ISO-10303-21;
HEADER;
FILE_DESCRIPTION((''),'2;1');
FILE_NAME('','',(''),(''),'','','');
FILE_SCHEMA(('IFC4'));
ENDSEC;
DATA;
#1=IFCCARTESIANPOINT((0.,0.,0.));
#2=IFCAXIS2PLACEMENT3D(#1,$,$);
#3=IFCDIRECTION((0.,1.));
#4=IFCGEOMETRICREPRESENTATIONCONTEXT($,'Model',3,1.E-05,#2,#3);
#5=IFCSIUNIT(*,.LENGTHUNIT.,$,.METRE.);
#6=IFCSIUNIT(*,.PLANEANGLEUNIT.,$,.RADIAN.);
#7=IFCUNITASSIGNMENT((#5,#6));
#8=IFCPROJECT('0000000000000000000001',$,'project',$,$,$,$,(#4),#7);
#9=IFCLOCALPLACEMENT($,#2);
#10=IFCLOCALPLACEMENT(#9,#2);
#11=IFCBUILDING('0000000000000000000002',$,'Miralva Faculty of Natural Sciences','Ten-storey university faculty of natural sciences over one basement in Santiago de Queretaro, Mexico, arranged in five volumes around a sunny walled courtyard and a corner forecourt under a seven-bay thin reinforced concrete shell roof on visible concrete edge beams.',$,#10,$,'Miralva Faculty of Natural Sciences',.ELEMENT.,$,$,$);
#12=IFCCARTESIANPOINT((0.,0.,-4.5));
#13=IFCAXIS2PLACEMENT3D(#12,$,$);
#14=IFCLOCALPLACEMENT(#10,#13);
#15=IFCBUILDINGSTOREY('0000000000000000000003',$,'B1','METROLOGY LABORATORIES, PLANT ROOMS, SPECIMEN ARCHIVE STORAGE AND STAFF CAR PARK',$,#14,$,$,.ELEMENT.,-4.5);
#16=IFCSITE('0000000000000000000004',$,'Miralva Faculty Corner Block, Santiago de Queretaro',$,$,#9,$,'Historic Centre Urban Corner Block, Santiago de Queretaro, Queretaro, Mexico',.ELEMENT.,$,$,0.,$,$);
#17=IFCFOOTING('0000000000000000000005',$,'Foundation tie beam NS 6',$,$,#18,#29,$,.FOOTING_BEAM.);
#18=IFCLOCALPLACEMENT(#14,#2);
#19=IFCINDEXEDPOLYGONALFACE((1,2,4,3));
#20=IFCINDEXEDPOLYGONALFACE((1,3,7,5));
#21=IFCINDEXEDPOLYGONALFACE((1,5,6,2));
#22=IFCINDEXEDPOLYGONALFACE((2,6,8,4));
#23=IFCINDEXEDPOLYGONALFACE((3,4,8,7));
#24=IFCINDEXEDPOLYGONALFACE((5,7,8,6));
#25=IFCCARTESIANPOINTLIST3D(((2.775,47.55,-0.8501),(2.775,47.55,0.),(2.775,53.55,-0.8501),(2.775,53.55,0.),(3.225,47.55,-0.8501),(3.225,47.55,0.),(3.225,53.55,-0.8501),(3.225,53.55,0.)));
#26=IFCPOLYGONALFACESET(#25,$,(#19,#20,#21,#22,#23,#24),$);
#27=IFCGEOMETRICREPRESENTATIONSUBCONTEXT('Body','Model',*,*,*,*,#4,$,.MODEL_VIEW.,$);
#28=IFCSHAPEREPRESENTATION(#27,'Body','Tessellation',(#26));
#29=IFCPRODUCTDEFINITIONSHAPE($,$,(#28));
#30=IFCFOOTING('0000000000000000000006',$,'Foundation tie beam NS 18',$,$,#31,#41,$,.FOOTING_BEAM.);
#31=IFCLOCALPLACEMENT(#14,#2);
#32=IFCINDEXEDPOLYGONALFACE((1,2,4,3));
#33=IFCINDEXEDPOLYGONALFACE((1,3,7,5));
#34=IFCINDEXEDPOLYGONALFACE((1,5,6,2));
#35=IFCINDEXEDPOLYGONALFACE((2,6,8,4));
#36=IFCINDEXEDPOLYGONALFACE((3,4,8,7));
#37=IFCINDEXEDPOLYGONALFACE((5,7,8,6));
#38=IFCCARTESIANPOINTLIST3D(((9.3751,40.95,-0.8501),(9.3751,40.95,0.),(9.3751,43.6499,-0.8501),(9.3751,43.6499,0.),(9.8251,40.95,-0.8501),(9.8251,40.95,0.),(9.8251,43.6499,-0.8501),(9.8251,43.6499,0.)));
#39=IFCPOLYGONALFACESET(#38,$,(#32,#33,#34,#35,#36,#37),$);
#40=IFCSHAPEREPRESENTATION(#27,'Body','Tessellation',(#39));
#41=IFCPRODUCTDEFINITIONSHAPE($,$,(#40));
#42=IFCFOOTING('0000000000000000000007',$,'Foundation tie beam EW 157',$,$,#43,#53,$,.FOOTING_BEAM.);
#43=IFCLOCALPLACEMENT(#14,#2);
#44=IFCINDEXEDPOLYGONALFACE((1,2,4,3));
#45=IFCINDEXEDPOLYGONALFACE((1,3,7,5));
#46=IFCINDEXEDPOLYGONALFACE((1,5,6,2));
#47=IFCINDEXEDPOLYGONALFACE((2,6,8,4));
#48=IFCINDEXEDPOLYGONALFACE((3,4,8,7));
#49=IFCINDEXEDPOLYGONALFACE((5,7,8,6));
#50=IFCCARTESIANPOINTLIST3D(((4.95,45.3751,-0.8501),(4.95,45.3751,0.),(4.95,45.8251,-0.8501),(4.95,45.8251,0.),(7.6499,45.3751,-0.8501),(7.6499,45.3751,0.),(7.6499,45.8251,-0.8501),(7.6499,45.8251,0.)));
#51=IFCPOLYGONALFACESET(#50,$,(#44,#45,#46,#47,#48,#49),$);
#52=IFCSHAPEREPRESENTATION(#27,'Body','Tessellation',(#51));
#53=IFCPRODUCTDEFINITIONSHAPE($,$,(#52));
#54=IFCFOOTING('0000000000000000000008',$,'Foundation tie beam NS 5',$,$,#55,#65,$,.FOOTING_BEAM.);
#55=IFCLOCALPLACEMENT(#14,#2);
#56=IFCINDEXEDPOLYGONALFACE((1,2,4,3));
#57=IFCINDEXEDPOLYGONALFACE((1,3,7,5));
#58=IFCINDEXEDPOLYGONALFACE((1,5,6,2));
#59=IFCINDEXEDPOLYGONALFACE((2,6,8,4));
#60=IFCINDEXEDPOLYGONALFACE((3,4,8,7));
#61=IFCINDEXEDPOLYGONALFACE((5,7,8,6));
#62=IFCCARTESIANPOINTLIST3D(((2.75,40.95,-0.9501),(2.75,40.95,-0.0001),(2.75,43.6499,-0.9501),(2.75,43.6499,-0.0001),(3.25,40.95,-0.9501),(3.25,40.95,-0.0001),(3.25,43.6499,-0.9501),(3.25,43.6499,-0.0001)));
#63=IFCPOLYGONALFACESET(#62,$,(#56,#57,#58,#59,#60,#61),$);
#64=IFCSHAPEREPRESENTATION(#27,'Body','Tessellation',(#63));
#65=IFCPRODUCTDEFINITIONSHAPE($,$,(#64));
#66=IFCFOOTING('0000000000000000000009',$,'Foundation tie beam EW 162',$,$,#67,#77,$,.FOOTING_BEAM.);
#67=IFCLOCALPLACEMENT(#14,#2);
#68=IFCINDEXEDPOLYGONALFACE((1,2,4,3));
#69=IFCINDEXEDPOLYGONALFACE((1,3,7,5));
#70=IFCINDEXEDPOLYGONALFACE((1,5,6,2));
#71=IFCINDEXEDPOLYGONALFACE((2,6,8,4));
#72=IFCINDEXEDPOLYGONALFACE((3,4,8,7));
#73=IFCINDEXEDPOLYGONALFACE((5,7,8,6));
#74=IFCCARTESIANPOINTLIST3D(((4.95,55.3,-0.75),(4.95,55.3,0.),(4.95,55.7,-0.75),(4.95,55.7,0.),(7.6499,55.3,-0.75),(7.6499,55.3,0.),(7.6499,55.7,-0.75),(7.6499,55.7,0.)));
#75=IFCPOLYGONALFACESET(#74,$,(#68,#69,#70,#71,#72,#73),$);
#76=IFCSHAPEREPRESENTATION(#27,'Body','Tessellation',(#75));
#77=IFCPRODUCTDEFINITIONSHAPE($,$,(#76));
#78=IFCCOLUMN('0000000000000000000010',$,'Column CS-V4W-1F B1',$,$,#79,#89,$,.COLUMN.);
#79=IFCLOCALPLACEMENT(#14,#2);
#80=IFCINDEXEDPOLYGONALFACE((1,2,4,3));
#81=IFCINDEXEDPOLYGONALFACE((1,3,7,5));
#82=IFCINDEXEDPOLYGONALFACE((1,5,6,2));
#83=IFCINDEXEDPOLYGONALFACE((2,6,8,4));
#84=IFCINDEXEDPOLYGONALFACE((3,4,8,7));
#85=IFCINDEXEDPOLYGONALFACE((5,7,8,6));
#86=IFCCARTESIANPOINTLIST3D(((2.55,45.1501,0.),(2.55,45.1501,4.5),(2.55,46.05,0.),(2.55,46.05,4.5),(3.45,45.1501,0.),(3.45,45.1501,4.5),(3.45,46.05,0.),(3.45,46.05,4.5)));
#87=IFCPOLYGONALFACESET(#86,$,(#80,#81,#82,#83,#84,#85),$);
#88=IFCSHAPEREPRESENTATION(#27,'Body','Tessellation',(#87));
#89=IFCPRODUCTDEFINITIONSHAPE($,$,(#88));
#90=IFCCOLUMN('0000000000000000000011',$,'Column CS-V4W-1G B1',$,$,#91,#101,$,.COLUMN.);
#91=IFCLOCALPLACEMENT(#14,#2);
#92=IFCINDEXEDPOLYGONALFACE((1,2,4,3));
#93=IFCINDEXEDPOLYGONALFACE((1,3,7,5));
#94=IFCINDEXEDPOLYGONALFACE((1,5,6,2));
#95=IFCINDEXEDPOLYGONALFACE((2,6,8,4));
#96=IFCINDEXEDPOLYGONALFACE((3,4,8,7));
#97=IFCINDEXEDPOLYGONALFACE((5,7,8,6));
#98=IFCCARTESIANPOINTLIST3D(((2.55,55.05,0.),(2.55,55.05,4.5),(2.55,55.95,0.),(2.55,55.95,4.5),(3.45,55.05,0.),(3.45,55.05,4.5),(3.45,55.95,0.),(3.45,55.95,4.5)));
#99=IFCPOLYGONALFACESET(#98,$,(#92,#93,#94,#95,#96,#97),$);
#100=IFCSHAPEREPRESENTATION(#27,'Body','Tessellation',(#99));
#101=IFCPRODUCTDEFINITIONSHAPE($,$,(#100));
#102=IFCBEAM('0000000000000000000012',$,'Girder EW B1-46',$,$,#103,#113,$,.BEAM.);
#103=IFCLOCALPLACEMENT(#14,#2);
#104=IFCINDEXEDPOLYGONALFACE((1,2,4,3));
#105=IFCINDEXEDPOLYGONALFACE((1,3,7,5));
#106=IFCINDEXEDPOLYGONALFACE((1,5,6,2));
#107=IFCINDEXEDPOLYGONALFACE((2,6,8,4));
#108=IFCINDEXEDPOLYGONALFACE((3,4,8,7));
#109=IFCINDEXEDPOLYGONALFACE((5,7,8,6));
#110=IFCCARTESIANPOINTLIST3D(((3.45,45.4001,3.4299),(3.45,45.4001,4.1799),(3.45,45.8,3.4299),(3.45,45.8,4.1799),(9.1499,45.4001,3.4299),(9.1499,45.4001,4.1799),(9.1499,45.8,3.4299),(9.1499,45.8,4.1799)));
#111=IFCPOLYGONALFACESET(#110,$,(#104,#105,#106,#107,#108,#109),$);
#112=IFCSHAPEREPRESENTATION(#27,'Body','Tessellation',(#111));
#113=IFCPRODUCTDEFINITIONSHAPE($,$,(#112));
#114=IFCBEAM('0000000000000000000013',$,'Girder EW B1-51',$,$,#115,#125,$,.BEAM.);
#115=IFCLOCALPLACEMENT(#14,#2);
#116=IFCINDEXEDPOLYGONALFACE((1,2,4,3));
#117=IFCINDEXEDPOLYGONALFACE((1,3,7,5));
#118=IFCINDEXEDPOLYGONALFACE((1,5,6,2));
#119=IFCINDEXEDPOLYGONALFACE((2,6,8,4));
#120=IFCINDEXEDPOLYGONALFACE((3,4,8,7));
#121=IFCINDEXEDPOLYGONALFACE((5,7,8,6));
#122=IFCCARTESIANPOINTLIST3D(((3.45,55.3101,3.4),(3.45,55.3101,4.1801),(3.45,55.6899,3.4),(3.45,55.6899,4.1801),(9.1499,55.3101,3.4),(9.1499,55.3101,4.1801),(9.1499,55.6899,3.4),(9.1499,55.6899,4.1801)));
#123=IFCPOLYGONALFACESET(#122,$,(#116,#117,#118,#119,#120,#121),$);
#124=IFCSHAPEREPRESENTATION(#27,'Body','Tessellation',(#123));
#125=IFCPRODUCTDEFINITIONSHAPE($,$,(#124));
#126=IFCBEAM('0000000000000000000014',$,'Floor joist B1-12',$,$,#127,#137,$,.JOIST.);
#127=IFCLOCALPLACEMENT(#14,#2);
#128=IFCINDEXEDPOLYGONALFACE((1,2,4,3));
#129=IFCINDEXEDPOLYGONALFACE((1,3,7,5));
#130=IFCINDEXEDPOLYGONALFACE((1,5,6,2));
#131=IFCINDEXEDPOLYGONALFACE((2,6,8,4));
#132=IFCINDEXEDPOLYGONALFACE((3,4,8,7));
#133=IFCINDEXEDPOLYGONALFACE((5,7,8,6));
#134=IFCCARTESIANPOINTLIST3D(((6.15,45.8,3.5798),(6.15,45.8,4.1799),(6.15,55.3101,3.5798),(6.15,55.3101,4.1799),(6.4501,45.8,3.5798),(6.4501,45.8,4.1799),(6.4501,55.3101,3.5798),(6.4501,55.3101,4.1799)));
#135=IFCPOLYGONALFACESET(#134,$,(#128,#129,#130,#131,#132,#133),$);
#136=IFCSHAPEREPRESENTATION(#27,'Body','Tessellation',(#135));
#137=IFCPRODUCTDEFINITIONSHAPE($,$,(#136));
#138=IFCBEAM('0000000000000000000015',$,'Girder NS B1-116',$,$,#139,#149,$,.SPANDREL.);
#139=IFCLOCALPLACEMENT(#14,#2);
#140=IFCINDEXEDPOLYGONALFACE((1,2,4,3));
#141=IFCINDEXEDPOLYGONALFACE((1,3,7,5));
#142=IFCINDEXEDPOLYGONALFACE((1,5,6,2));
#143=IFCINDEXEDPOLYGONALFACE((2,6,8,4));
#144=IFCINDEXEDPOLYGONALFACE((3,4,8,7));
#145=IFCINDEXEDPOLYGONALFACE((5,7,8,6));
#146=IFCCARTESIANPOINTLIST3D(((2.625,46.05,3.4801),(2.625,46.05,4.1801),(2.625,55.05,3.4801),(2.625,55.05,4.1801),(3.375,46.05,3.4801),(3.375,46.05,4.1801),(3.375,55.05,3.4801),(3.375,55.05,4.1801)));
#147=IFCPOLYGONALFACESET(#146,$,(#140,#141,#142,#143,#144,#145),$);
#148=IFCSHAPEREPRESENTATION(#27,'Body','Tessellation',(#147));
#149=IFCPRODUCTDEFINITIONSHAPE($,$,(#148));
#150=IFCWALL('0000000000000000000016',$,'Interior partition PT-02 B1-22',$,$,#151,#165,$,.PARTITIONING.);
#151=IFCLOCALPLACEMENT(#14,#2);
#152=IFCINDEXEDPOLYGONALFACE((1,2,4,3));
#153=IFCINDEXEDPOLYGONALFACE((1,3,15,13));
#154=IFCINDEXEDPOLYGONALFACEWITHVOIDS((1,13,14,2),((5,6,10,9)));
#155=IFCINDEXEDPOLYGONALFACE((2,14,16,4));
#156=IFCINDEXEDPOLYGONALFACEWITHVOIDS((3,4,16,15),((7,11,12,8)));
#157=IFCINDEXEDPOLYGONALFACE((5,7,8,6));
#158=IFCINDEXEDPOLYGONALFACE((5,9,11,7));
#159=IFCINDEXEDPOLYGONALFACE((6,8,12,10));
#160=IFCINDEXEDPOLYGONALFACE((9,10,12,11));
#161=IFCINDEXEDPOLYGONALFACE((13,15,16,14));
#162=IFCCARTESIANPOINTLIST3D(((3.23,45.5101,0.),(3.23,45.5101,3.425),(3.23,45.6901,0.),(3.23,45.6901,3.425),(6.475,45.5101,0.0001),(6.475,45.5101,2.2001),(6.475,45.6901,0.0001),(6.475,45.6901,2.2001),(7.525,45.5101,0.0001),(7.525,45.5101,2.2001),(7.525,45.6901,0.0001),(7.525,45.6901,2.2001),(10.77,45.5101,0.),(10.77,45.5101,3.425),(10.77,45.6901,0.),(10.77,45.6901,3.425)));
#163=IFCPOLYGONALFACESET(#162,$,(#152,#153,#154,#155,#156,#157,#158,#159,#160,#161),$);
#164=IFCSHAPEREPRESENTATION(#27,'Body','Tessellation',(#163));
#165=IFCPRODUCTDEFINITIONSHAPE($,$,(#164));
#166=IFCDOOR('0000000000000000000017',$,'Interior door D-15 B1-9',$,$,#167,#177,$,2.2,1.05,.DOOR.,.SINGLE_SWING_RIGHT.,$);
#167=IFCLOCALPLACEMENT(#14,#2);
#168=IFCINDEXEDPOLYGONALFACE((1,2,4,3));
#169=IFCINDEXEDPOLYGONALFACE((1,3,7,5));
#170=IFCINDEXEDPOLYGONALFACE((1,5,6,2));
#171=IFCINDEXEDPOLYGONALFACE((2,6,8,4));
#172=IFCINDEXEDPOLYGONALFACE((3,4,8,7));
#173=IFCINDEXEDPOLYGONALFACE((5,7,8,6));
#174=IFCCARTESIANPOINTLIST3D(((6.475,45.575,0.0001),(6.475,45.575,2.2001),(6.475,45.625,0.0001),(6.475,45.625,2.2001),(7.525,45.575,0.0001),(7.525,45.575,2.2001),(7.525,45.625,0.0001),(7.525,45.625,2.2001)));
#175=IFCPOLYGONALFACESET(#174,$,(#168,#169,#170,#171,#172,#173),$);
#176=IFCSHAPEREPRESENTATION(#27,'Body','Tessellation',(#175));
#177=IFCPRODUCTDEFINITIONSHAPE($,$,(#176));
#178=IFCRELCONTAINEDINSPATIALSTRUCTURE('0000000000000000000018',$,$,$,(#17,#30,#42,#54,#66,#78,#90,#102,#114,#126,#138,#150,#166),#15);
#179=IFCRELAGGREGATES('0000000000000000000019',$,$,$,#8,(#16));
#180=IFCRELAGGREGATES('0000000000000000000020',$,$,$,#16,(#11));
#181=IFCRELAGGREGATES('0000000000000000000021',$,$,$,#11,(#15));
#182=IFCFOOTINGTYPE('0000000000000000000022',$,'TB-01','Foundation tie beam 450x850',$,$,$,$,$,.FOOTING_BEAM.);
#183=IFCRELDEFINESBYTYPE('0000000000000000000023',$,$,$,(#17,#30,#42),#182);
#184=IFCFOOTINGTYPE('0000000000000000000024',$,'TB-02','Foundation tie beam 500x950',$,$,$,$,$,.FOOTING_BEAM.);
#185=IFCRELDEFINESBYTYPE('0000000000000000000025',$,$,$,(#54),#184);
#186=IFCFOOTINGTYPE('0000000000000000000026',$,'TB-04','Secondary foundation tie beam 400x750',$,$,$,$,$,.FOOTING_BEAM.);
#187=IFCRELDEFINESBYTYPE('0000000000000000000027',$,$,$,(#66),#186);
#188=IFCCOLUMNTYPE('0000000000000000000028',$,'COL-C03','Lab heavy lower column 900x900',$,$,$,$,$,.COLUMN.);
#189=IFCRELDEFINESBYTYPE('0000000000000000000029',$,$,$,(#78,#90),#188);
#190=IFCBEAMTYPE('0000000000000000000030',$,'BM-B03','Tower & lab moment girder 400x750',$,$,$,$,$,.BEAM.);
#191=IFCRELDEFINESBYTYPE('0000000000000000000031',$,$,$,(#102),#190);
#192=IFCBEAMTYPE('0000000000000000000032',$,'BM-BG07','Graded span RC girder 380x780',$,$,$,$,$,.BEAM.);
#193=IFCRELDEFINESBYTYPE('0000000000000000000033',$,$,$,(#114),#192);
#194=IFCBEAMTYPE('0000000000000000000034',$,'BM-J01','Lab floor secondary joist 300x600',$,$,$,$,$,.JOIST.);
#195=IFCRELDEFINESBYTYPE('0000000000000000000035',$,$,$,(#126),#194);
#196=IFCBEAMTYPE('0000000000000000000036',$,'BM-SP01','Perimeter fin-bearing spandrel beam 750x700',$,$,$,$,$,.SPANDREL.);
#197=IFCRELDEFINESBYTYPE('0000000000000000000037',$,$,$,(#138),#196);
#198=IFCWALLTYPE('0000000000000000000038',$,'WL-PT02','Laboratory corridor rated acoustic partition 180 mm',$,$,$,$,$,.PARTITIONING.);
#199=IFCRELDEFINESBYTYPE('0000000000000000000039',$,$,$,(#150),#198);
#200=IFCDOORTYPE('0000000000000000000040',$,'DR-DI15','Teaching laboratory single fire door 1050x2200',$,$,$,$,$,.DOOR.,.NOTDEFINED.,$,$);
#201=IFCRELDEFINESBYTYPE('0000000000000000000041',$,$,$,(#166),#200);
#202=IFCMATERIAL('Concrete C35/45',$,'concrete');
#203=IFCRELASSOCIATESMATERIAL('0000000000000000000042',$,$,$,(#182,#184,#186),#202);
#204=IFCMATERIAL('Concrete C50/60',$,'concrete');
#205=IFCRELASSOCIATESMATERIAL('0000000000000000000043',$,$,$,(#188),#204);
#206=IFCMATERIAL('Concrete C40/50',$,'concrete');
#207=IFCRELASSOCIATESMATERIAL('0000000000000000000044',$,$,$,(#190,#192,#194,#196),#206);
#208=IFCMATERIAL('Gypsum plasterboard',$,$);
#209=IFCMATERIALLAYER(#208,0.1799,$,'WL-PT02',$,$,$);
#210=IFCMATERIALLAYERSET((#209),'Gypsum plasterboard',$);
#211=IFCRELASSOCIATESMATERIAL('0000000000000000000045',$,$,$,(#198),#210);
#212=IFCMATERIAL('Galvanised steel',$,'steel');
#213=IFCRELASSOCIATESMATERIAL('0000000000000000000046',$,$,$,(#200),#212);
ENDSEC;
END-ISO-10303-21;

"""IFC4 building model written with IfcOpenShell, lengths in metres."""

from ifc_helpers import new_model, si_unit, direction, frame, frame_2d, origin, origin_2d, place, context, subcontext, project, spatial, rectangle, extrude, material, layer, layer_set, material_profile, profile_set, type_object, element, fill, save


model = new_model("IFC4")

# Units and contexts
model_context = context("Model", 3, precision=1e-05, world=origin(), true_north=direction((0.0, 1.0)))
body_context = subcontext(model_context, "Body", "Model", "MODEL_VIEW")
ifc_project = project(units=[si_unit("LENGTHUNIT", "METRE"), si_unit("PLANEANGLEUNIT", "RADIAN")], contexts=[model_context])

# Site, building, storey
site_placement = place(None, origin())
site = spatial("IfcSite", under=ifc_project, at=site_placement, Name="Miralva Faculty Corner Block, Santiago de Queretaro", LongName="Historic Centre Urban Corner Block, Santiago de Queretaro, Queretaro, Mexico", CompositionType="ELEMENT", RefElevation=0.0)
building_placement = place(site_placement, origin())
building = spatial("IfcBuilding", under=site, at=building_placement, Name="Miralva Faculty of Natural Sciences", Description="Ten-storey university faculty of natural sciences over one basement in Santiago de Queretaro, Mexico, arranged in five volumes around a sunny walled courtyard and a corner forecourt under a seven-bay thin reinforced concrete shell roof on visible concrete edge beams.", LongName="Miralva Faculty of Natural Sciences", CompositionType="ELEMENT")
storey_placement = place(building_placement, frame((0.0, 0.0, -4.5)))
storey = spatial("IfcBuildingStorey", under=building, at=storey_placement, Name="B1", Description="METROLOGY LABORATORIES, PLANT ROOMS, SPECIMEN ARCHIVE STORAGE AND STAFF CAR PARK", CompositionType="ELEMENT", Elevation=-4.5)

# Shared definitions
ifc_material_1 = material(Name="Concrete C35/45", Category="concrete")

# Footings
ifc_material_profile_1 = material_profile(ifc_material_1, rectangle(XDim=0.45, YDim=0.8501, at=origin_2d()), Name="RC 450x850")
ifc_profile_set_1 = profile_set([ifc_material_profile_1], Name="Concrete C35/45")
footing_type_1 = type_object("IfcFootingType", Name="TB-01", Description="Foundation tie beam 450x850", PredefinedType="FOOTING_BEAM", material=ifc_profile_set_1)
footing_1_placement = place(storey_placement, frame((3.0, 47.55, -0.425), z_axis=(0.0, 1.0, 0.0), x_axis=(-1.0, 0.0, 0.0)))
element("IfcFooting", 1, at=footing_1_placement, inside=storey, type_object=footing_type_1, Name="Foundation tie beam NS 6", PredefinedType="FOOTING_BEAM", context=body_context, shape_type="SweptSolid", body=[
    extrude(rectangle(XDim=0.45, YDim=0.8501, at=origin_2d()), origin(), (0.0, 0.0, 1.0), 6.0),
])
for number, where, z_axis, x_axis, name in (
    (2, (9.6001, 40.95, -0.425), (0.0, 1.0, 0.0), (-1.0, 0.0, 0.0), "Foundation tie beam NS 18"),
    (3, (4.95, 45.6001, -0.425), (1.0, 0.0, 0.0), (0.0, 1.0, 0.0), "Foundation tie beam EW 157"),
):
    element("IfcFooting", number, at=place(storey_placement, frame(where, z_axis=z_axis, x_axis=x_axis)), inside=storey, type_object=footing_type_1, Name=name, PredefinedType="FOOTING_BEAM", context=body_context, shape_type="SweptSolid", body=[
        extrude(rectangle(XDim=0.45, YDim=0.8501, at=origin_2d()), origin(), (0.0, 0.0, 1.0), 2.7),
    ])
ifc_material_profile_2 = material_profile(ifc_material_1, rectangle(XDim=0.5, YDim=0.95, at=origin_2d()), Name="RC 500x950")
ifc_profile_set_2 = profile_set([ifc_material_profile_2], Name="Concrete C35/45")
footing_type_2 = type_object("IfcFootingType", Name="TB-02", Description="Foundation tie beam 500x950", PredefinedType="FOOTING_BEAM", material=ifc_profile_set_2)
footing_2_placement = place(storey_placement, frame((3.0, 40.95, -0.4751), z_axis=(0.0, 1.0, 0.0), x_axis=(-1.0, 0.0, 0.0)))
element("IfcFooting", 4, at=footing_2_placement, inside=storey, type_object=footing_type_2, Name="Foundation tie beam NS 5", PredefinedType="FOOTING_BEAM", context=body_context, shape_type="SweptSolid", body=[
    extrude(rectangle(XDim=0.5, YDim=0.95, at=origin_2d()), origin(), (0.0, 0.0, 1.0), 2.7),
])
ifc_material_profile_3 = material_profile(ifc_material_1, rectangle(XDim=0.3999, YDim=0.75, at=origin_2d()), Name="RC 400x750")
ifc_profile_set_3 = profile_set([ifc_material_profile_3], Name="Concrete C35/45")
footing_type_3 = type_object("IfcFootingType", Name="TB-04", Description="Secondary foundation tie beam 400x750", PredefinedType="FOOTING_BEAM", material=ifc_profile_set_3)
footing_3_placement = place(storey_placement, frame((4.95, 55.5, -0.375), z_axis=(1.0, 0.0, 0.0), x_axis=(0.0, 1.0, 0.0)))
element("IfcFooting", 5, at=footing_3_placement, inside=storey, type_object=footing_type_3, Name="Foundation tie beam EW 162", PredefinedType="FOOTING_BEAM", context=body_context, shape_type="SweptSolid", body=[
    extrude(rectangle(XDim=0.3999, YDim=0.75, at=origin_2d()), origin(), (0.0, 0.0, 1.0), 2.7),
])

# Columns
ifc_material_2 = material(Name="Concrete C50/60", Category="concrete")
ifc_material_profile_4 = material_profile(ifc_material_2, rectangle(XDim=0.8999, YDim=0.8999, at=origin_2d()), Name="RC 900x900")
ifc_profile_set_4 = profile_set([ifc_material_profile_4], Name="Concrete C50/60")
column_type = type_object("IfcColumnType", Name="COL-C03", Description="Lab heavy lower column 900x900", PredefinedType="COLUMN", material=ifc_profile_set_4)
for number, where, z_axis, x_axis, name in (
    (6, (3.0, 45.6001, 0.0), (0.0, 0.0, 1.0), (1.0, 0.0, 0.0), "Column CS-V4W-1F B1"),
    (7, (3.0, 55.5, 0.0), (0.0, 0.0, 1.0), (1.0, 0.0, 0.0), "Column CS-V4W-1G B1"),
):
    element("IfcColumn", number, at=place(storey_placement, frame(where, z_axis=z_axis, x_axis=x_axis)), inside=storey, type_object=column_type, Name=name, PredefinedType="COLUMN", context=body_context, shape_type="SweptSolid", body=[
        extrude(rectangle(XDim=0.8999, YDim=0.8999, at=origin_2d()), origin(), (0.0, 0.0, 1.0), 4.5),
    ])

# Beams
ifc_material_3 = material(Name="Concrete C40/50", Category="concrete")
ifc_material_profile_5 = material_profile(ifc_material_3, rectangle(XDim=0.3999, YDim=0.75, at=origin_2d()), Name="RC 400x750")
ifc_profile_set_5 = profile_set([ifc_material_profile_5], Name="Concrete C40/50")
beam_type_1 = type_object("IfcBeamType", Name="BM-B03", Description="Tower & lab moment girder 400x750", PredefinedType="BEAM", material=ifc_profile_set_5)
beam_1_placement = place(storey_placement, frame((3.45, 45.6001, 3.8049), z_axis=(1.0, 0.0, 0.0), x_axis=(0.0, 1.0, 0.0)))
element("IfcBeam", 8, at=beam_1_placement, inside=storey, type_object=beam_type_1, Name="Girder EW B1-46", PredefinedType="BEAM", context=body_context, shape_type="SweptSolid", body=[
    extrude(rectangle(XDim=0.3999, YDim=0.75, at=origin_2d()), origin(), (0.0, 0.0, 1.0), 5.7),
])
ifc_material_profile_6 = material_profile(ifc_material_3, rectangle(XDim=0.3799, YDim=0.78, at=origin_2d()), Name="RC 380x780")
ifc_profile_set_6 = profile_set([ifc_material_profile_6], Name="Concrete C40/50")
beam_type_2 = type_object("IfcBeamType", Name="BM-BG07", Description="Graded span RC girder 380x780", PredefinedType="BEAM", material=ifc_profile_set_6)
beam_2_placement = place(storey_placement, frame((3.45, 55.5, 3.79), z_axis=(1.0, 0.0, 0.0), x_axis=(0.0, 1.0, 0.0)))
element("IfcBeam", 9, at=beam_2_placement, inside=storey, type_object=beam_type_2, Name="Girder EW B1-51", PredefinedType="BEAM", context=body_context, shape_type="SweptSolid", body=[
    extrude(rectangle(XDim=0.3799, YDim=0.78, at=origin_2d()), origin(), (0.0, 0.0, 1.0), 5.7),
])
ifc_material_profile_7 = material_profile(ifc_material_3, rectangle(XDim=0.3, YDim=0.6001, at=origin_2d()), Name="RC 300x600")
ifc_profile_set_7 = profile_set([ifc_material_profile_7], Name="Concrete C40/50")
beam_type_3 = type_object("IfcBeamType", Name="BM-J01", Description="Lab floor secondary joist 300x600", PredefinedType="JOIST", material=ifc_profile_set_7)
beam_3_placement = place(storey_placement, frame((6.3, 45.8, 3.8799), z_axis=(0.0, 1.0, 0.0), x_axis=(-1.0, 0.0, 0.0)))
element("IfcBeam", 10, at=beam_3_placement, inside=storey, type_object=beam_type_3, Name="Floor joist B1-12", PredefinedType="JOIST", context=body_context, shape_type="SweptSolid", body=[
    extrude(rectangle(XDim=0.3, YDim=0.6001, at=origin_2d()), origin(), (0.0, 0.0, 1.0), 9.51),
])
ifc_material_profile_8 = material_profile(ifc_material_3, rectangle(XDim=0.75, YDim=0.7, at=origin_2d()), Name="RC 750x700")
ifc_profile_set_8 = profile_set([ifc_material_profile_8], Name="Concrete C40/50")
beam_type_4 = type_object("IfcBeamType", Name="BM-SP01", Description="Perimeter fin-bearing spandrel beam 750x700", PredefinedType="SPANDREL", material=ifc_profile_set_8)
beam_4_placement = place(storey_placement, frame((3.0, 46.05, 3.8301), z_axis=(0.0, 1.0, 0.0), x_axis=(-1.0, 0.0, 0.0)))
element("IfcBeam", 11, at=beam_4_placement, inside=storey, type_object=beam_type_4, Name="Girder NS B1-116", PredefinedType="SPANDREL", context=body_context, shape_type="SweptSolid", body=[
    extrude(rectangle(XDim=0.75, YDim=0.7, at=origin_2d()), origin(), (0.0, 0.0, 1.0), 9.0),
])

# Wall, opening, door
ifc_material_4 = material(Name="Gypsum plasterboard")
ifc_layer_1 = layer(ifc_material_4, 0.1799, Name="WL-PT02")
ifc_layer_set_1 = layer_set([ifc_layer_1], Name="Gypsum plasterboard")
wall_type = type_object("IfcWallType", Name="WL-PT02", Description="Laboratory corridor rated acoustic partition 180 mm", PredefinedType="PARTITIONING", material=ifc_layer_set_1)
wall_placement = place(storey_placement, frame((3.23, 45.6001, 0.0), z_axis=(0.0, 0.0, 1.0), x_axis=(1.0, 0.0, 0.0)))
wall = element("IfcWall", 12, at=wall_placement, inside=storey, type_object=wall_type, Name="Interior partition PT-02 B1-22", PredefinedType="PARTITIONING", context=body_context, shape_type="SweptSolid", body=[
    extrude(rectangle(XDim=7.54, YDim=0.1799, at=frame_2d((3.77, 0.0))), origin(), (0.0, 0.0, 1.0), 3.425),
])
opening_placement = place(wall_placement, frame((3.2451, 0.0, 0.0)))
opening = element("IfcOpeningElement", 13, at=opening_placement, cuts=wall, PredefinedType="OPENING", context=body_context, shape_type="SweptSolid", body=[
    extrude(rectangle(XDim=1.05, YDim=2.2, at=frame_2d((0.5249, 1.1001))), frame((0.0, 0.0999, 0.0), z_axis=(0.0, -1.0, 0.0), x_axis=(1.0, 0.0, 0.0)), (0.0, 0.0, 1.0), 0.2),
])
ifc_material_5 = material(Name="Galvanised steel", Category="steel")
door_type = type_object("IfcDoorType", Name="DR-DI15", Description="Teaching laboratory single fire door 1050x2200", OperationType="NOTDEFINED", PredefinedType="DOOR", material=ifc_material_5)
door_placement = place(opening_placement, origin())
door = element("IfcDoor", 14, at=door_placement, inside=storey, type_object=door_type, Name="Interior door D-15 B1-9", OperationType="SINGLE_SWING_RIGHT", OverallHeight=2.2, OverallWidth=1.05, PredefinedType="DOOR", context=body_context, shape_type="SweptSolid", body=[
    extrude(rectangle(XDim=1.05, YDim=2.2, at=frame_2d((0.5249, 1.1001))), frame((0.0, 0.0249, 0.0), z_axis=(0.0, -1.0, 0.0), x_axis=(1.0, 0.0, 0.0)), (0.0, 0.0, 1.0), 0.05),
])
fill(opening, door)

save(model, "model.ifc")
